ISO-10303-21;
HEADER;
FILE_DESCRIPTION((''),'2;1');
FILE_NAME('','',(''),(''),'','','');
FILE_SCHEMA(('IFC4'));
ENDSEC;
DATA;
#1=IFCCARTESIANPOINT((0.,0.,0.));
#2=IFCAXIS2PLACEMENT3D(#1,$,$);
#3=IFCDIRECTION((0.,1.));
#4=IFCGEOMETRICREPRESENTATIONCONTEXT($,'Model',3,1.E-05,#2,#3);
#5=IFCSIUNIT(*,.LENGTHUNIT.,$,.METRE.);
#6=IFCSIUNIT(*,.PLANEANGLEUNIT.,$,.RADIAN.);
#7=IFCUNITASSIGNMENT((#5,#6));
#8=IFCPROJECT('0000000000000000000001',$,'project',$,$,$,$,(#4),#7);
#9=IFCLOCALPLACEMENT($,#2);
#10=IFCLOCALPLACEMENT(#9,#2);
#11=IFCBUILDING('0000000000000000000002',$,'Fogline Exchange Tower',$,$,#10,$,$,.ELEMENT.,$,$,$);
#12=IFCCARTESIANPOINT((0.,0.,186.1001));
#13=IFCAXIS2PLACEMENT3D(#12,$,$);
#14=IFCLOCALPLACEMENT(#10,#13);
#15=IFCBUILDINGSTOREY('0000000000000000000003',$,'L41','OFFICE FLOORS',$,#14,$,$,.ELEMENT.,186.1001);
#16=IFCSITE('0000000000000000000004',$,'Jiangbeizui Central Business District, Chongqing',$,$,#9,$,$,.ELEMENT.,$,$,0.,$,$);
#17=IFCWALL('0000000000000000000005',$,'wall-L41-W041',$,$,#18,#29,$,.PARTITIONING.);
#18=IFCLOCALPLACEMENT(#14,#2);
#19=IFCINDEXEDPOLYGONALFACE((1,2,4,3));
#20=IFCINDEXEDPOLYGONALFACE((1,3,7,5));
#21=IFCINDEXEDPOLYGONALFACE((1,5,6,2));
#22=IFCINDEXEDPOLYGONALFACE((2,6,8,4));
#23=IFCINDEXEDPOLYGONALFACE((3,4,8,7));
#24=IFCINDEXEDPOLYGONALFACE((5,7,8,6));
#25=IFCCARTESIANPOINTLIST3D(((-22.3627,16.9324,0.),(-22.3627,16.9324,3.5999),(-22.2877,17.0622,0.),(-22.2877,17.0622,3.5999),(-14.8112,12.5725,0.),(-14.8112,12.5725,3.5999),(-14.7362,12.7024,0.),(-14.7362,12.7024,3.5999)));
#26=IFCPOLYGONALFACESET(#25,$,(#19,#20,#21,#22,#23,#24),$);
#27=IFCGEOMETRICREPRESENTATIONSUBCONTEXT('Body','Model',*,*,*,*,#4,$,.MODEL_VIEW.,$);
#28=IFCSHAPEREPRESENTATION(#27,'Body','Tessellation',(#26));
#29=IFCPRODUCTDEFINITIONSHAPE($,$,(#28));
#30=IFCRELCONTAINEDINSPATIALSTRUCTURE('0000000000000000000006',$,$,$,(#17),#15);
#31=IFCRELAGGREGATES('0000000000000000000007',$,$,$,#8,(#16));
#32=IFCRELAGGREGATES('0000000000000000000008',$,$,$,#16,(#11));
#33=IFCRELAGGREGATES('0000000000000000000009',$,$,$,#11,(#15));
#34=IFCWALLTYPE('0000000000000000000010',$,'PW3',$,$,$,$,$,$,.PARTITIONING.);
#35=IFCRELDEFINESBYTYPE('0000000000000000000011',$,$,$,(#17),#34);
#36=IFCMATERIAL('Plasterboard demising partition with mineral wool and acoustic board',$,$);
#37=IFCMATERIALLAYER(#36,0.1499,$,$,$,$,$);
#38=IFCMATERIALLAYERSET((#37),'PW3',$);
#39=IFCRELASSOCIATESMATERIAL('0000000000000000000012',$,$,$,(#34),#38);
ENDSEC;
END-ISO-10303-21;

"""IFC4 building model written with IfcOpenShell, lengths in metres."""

from ifc_helpers import new_model, si_unit, direction, frame, frame_2d, origin, place, context, subcontext, project, spatial, rectangle, extrude, material, layer, layer_set, type_object, element, save


model = new_model("IFC4")

# Units and contexts
model_context = context("Model", 3, precision=1e-05, world=origin(), true_north=direction((0.0, 1.0)))
body_context = subcontext(model_context, "Body", "Model", "MODEL_VIEW")
ifc_project = project(units=[si_unit("LENGTHUNIT", "METRE"), si_unit("PLANEANGLEUNIT", "RADIAN")], contexts=[model_context])

# Site, building, storey
site_placement = place(None, origin())
site = spatial("IfcSite", under=ifc_project, at=site_placement, Name="Jiangbeizui Central Business District, Chongqing", CompositionType="ELEMENT", RefElevation=0.0)
building_placement = place(site_placement, origin())
building = spatial("IfcBuilding", under=site, at=building_placement, Name="Fogline Exchange Tower", CompositionType="ELEMENT")
storey_placement = place(building_placement, frame((0.0, 0.0, 186.1001)))
storey = spatial("IfcBuildingStorey", under=building, at=storey_placement, Name="L41", Description="OFFICE FLOORS", CompositionType="ELEMENT", Elevation=186.1001)

# Wall
ifc_material_1 = material(Name="Plasterboard demising partition with mineral wool and acoustic board")
ifc_layer_1 = layer(ifc_material_1, 0.1499)
ifc_layer_set_1 = layer_set([ifc_layer_1], Name="PW3")
wall_type_1 = type_object("IfcWallType", Name="PW3", PredefinedType="PARTITIONING", material=ifc_layer_set_1)
wall_1_placement = place(storey_placement, frame((-14.7737, 12.6375, 0.0), z_axis=(0.0, 0.0, 1.0), x_axis=(-0.866026, 0.5, 0.0)))
element("IfcWall", 1, at=wall_1_placement, inside=storey, type_object=wall_type_1, Name="wall-L41-W041", PredefinedType="PARTITIONING", context=body_context, shape_type="SweptSolid", body=[
    extrude(rectangle(XDim=8.7197, YDim=0.1499, at=frame_2d((4.3599, 0.0))), origin(), (0.0, 0.0, 1.0), 3.5999),
])

save(model, "model.ifc")
